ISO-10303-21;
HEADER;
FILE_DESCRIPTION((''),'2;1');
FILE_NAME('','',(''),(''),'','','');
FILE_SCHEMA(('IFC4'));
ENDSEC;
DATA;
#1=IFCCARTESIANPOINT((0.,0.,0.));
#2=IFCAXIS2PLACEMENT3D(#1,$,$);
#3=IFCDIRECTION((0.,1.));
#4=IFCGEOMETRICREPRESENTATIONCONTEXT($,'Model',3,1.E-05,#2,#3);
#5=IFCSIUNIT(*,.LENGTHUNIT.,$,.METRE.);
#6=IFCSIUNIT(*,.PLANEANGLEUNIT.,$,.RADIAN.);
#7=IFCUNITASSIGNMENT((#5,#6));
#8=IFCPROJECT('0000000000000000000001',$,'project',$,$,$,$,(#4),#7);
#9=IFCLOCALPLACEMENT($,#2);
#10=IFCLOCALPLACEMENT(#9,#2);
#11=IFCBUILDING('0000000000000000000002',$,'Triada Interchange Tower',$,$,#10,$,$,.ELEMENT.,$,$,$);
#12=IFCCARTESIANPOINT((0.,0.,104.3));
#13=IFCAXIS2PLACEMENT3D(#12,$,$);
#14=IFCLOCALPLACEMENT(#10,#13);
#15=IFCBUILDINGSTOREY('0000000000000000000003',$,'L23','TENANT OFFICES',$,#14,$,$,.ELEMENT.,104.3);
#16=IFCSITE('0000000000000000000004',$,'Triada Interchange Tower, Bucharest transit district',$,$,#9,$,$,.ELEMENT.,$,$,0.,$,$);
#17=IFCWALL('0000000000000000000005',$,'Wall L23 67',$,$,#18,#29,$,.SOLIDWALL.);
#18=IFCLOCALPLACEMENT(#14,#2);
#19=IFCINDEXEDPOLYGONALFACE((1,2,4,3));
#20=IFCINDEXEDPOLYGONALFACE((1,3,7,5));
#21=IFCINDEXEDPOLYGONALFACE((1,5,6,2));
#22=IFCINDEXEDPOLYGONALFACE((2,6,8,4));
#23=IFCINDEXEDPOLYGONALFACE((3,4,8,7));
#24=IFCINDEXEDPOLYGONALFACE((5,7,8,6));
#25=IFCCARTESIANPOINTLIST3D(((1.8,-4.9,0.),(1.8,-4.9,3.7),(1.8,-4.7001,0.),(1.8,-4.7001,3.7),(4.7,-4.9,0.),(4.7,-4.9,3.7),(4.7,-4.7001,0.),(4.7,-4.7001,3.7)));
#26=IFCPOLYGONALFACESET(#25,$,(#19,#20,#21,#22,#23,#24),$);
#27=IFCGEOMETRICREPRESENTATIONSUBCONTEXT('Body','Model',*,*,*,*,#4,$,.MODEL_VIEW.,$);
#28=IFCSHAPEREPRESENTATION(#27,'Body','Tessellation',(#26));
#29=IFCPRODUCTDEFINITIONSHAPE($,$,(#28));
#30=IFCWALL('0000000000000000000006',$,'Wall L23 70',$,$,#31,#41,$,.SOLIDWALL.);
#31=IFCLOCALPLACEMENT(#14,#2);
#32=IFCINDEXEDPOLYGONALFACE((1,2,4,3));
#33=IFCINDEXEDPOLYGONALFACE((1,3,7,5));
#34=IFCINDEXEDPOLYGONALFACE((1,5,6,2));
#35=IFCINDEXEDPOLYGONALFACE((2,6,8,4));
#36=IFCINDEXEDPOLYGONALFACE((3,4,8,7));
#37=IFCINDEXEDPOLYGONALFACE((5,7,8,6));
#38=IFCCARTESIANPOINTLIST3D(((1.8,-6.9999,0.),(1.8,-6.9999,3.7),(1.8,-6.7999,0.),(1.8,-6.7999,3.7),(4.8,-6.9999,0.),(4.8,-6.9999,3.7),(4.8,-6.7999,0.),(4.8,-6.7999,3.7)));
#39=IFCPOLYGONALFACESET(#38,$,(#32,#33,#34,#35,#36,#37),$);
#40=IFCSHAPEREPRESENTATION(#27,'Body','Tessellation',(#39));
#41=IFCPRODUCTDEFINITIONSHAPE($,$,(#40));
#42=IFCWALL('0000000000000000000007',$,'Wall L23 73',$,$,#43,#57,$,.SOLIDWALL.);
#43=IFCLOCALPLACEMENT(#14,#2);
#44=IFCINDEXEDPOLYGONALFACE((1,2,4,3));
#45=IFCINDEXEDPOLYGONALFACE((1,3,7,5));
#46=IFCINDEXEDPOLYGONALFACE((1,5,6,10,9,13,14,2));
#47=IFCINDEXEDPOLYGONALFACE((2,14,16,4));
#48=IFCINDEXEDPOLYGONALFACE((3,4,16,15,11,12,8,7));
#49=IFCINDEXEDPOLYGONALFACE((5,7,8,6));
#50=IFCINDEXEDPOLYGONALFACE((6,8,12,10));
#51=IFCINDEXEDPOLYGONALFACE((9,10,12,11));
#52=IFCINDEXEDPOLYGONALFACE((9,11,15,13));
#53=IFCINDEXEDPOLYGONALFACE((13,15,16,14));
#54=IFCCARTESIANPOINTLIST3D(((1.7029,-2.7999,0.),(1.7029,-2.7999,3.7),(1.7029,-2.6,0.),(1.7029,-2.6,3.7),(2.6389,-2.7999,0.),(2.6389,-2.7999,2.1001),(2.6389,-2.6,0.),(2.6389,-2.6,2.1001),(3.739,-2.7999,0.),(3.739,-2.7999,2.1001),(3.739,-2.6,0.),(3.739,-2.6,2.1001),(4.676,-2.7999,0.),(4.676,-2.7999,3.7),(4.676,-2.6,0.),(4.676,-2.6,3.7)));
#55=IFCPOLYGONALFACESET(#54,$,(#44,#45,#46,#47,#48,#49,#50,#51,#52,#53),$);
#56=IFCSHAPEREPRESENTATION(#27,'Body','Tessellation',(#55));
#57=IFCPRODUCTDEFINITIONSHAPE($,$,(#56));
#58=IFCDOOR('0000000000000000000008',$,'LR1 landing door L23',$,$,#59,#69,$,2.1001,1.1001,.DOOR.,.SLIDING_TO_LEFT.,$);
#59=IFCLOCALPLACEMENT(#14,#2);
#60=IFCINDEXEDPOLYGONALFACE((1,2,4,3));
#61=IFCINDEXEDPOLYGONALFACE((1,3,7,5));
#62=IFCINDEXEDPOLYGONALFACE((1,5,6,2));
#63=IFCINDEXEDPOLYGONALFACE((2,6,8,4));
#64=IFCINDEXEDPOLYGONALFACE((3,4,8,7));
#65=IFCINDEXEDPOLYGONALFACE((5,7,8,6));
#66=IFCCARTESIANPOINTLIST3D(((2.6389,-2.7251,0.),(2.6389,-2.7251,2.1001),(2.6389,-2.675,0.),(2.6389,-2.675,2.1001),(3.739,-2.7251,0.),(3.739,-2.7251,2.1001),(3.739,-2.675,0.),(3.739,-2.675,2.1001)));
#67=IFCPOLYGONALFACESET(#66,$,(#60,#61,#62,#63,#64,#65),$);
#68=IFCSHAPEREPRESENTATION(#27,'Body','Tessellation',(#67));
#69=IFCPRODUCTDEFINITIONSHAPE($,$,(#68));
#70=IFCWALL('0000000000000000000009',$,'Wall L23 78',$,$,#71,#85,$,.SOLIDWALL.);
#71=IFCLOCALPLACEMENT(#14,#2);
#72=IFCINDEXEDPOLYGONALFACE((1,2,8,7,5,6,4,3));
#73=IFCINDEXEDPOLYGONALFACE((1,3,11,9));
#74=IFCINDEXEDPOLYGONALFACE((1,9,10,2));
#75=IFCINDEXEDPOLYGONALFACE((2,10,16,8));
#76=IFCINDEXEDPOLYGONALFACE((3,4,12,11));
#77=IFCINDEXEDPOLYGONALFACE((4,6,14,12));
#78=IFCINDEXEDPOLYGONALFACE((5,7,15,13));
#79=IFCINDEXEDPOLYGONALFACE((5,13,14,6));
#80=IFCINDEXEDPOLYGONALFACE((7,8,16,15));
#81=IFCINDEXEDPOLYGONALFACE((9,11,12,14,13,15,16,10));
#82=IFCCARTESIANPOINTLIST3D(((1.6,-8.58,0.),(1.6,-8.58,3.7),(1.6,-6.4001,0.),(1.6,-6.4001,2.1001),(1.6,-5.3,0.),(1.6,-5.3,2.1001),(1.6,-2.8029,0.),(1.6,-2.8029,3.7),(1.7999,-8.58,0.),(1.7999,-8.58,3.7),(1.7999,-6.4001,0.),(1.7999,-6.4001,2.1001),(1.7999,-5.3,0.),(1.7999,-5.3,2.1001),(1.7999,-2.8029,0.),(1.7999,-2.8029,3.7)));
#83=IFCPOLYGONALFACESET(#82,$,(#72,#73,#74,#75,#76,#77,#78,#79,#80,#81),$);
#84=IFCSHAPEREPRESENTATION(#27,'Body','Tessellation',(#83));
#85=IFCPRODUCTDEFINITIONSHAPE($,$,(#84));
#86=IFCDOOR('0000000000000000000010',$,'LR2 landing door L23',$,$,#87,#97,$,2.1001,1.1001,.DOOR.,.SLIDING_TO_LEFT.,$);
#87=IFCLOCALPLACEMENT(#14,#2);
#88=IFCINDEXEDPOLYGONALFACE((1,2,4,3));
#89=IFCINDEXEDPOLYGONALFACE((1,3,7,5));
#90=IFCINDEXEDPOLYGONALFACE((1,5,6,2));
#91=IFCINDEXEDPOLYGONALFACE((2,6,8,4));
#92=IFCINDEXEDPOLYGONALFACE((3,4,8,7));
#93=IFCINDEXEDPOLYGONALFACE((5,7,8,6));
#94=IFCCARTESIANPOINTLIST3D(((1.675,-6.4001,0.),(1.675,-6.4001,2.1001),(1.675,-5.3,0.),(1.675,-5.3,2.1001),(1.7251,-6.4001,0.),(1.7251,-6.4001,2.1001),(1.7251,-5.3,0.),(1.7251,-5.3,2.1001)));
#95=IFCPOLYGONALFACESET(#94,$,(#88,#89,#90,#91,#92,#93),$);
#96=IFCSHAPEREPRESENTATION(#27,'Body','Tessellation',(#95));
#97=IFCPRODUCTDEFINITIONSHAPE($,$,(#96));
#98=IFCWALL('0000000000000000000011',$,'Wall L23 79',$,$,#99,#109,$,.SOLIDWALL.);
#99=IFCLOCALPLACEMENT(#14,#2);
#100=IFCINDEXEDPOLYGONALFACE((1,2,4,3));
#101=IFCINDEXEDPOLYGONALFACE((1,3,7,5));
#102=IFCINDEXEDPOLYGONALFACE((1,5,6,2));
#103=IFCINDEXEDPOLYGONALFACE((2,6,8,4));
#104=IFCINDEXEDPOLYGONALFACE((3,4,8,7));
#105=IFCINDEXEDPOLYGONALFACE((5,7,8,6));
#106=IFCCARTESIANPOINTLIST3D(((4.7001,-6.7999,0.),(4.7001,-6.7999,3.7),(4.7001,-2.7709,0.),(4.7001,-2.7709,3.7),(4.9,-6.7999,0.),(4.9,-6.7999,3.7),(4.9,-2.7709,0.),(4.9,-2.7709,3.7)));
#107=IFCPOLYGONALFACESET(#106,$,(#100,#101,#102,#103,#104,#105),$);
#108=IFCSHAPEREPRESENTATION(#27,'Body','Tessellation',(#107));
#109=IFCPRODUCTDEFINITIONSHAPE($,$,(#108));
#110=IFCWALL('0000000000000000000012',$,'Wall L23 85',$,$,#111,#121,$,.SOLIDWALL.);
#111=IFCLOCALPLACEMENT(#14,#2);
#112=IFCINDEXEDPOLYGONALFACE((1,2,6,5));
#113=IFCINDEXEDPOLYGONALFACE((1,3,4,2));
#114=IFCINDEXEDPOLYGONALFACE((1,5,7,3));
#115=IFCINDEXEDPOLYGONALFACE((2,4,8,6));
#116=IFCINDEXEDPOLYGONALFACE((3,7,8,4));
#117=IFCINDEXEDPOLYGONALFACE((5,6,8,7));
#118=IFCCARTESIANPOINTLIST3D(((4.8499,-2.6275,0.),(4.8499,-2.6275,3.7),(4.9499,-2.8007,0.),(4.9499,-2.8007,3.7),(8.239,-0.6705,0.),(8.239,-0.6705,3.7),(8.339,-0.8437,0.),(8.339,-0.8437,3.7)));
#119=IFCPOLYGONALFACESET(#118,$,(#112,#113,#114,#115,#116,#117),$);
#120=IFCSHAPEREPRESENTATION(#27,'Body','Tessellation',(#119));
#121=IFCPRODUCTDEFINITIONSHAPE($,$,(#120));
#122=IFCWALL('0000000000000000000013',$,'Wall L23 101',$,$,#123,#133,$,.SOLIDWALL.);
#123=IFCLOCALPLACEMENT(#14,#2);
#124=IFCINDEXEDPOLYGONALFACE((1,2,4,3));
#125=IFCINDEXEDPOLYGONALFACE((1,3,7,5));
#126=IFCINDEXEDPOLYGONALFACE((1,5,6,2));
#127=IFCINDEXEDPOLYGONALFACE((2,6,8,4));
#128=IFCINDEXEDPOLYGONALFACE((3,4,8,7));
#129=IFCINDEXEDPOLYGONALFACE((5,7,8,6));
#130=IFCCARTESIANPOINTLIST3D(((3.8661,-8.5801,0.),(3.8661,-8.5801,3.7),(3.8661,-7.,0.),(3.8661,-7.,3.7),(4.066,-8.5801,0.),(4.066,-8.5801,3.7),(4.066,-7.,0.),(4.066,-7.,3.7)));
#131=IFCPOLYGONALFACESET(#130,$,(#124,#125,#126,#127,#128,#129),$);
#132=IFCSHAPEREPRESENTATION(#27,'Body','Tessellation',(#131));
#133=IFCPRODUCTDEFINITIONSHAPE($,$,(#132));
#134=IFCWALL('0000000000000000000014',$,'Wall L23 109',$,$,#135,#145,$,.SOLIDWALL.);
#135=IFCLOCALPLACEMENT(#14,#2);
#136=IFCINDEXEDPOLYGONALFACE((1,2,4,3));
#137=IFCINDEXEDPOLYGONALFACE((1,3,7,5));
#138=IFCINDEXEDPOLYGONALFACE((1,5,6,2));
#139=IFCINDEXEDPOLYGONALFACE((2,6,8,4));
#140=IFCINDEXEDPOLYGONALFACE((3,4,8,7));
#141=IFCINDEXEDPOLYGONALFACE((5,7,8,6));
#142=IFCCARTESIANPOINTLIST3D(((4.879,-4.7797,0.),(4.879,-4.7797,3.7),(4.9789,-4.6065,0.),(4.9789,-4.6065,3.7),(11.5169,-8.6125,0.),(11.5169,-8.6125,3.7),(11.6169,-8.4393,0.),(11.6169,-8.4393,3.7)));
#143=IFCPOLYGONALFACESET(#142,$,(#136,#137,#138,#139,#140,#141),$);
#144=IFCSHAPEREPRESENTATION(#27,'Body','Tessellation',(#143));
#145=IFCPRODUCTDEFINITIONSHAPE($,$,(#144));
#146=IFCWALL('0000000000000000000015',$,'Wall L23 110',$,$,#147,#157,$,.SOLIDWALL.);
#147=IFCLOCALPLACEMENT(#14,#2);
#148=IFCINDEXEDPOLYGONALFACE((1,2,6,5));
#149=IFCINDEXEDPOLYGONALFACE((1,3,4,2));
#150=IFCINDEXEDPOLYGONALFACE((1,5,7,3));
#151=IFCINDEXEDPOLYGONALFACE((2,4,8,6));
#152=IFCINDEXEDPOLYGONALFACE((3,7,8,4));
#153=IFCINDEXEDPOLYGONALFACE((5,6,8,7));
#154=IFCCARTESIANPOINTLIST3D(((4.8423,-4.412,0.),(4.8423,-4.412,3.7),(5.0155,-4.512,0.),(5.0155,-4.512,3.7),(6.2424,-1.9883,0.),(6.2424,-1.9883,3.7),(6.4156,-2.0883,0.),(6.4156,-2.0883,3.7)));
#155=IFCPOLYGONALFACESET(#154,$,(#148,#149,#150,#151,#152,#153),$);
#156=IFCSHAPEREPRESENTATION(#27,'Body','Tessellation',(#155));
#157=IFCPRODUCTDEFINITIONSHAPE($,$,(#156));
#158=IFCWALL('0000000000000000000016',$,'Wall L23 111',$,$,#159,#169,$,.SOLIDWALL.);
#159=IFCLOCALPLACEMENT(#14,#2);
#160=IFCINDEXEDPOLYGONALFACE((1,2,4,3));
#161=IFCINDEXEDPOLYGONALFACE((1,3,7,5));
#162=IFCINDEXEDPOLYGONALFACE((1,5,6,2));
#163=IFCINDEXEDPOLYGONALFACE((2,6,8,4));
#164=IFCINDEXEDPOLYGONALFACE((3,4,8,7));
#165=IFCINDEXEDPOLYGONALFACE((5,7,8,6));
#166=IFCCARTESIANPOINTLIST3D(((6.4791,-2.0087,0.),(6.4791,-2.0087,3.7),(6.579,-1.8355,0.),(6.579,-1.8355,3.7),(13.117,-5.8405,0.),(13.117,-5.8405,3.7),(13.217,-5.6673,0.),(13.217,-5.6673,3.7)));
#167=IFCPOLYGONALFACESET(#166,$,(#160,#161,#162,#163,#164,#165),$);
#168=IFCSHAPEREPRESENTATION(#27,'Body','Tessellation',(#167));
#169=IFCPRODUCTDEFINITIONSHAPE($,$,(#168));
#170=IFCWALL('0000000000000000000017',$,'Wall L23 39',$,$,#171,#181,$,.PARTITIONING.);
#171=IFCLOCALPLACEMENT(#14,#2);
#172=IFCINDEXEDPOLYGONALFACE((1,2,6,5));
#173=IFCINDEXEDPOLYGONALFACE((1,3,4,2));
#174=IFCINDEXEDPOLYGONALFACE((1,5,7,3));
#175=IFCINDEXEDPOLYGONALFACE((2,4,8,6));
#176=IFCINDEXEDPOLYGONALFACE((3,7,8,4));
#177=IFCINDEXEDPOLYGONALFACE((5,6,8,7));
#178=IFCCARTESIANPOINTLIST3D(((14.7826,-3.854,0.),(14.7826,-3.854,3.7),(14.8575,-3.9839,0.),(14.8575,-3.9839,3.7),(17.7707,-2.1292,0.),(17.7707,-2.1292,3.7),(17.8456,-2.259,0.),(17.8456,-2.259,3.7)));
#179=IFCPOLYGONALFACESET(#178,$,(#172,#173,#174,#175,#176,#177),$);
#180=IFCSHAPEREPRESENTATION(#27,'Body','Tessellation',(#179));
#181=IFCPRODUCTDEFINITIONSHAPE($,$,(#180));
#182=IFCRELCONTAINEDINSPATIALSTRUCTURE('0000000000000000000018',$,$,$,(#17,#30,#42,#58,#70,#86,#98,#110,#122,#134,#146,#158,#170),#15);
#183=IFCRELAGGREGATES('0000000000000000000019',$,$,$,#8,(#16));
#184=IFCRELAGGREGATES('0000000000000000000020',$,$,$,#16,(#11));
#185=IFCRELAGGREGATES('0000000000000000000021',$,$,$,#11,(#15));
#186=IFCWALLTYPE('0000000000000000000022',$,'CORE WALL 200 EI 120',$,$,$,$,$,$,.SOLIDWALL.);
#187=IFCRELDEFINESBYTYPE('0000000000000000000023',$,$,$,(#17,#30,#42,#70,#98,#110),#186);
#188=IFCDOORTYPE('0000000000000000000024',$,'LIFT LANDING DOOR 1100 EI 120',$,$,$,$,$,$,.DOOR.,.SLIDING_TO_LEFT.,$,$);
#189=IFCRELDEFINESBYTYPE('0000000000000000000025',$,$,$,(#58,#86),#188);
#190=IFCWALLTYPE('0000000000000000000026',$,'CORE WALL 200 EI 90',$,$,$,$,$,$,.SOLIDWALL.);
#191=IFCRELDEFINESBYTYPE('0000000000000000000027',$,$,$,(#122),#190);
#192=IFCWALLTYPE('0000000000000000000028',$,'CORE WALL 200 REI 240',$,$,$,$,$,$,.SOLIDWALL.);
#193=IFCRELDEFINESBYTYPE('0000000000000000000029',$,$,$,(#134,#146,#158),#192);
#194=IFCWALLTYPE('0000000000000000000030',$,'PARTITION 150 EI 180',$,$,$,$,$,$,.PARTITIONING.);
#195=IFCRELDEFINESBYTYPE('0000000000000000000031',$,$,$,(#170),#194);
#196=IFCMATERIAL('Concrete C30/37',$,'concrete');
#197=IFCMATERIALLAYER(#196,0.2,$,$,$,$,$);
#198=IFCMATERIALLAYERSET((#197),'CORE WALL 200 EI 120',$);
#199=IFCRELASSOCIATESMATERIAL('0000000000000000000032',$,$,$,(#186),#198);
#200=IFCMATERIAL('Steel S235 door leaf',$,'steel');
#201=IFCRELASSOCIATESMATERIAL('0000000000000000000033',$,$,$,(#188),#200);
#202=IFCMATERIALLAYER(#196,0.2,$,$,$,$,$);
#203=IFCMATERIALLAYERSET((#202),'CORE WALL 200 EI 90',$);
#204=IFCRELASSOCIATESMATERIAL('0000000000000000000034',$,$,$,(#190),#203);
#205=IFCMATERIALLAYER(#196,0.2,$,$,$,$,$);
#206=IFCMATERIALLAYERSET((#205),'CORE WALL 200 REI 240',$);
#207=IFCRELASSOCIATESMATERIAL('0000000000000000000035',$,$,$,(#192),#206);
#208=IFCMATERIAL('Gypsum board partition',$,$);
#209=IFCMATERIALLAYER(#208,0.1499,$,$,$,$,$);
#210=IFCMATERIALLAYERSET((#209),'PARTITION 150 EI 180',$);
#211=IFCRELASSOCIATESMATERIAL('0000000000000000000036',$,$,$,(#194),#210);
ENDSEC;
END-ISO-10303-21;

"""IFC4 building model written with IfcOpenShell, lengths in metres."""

from ifc_helpers import new_model, si_unit, direction, frame, frame_2d, origin, place, context, subcontext, project, spatial, rectangle, extrude, material, layer, layer_set, type_object, element, fill, save


model = new_model("IFC4")

# Units and contexts
model_context = context("Model", 3, precision=1e-05, world=origin(), true_north=direction((0.0, 1.0)))
body_context = subcontext(model_context, "Body", "Model", "MODEL_VIEW")
ifc_project = project(units=[si_unit("LENGTHUNIT", "METRE"), si_unit("PLANEANGLEUNIT", "RADIAN")], contexts=[model_context])

# Site, building, storey
site_placement = place(None, origin())
site = spatial("IfcSite", under=ifc_project, at=site_placement, Name="Triada Interchange Tower, Bucharest transit district", CompositionType="ELEMENT", RefElevation=0.0)
building_placement = place(site_placement, origin())
building = spatial("IfcBuilding", under=site, at=building_placement, Name="Triada Interchange Tower", CompositionType="ELEMENT")
storey_placement = place(building_placement, frame((0.0, 0.0, 104.3)))
storey = spatial("IfcBuildingStorey", under=building, at=storey_placement, Name="L23", Description="TENANT OFFICES", CompositionType="ELEMENT", Elevation=104.3)

# Walls
ifc_material_1 = material(Name="Concrete C30/37", Category="concrete")
ifc_layer_1 = layer(ifc_material_1, 0.2)
ifc_layer_set_1 = layer_set([ifc_layer_1], Name="CORE WALL 200 EI 120")
wall_type_1 = type_object("IfcWallType", Name="CORE WALL 200 EI 120", PredefinedType="SOLIDWALL", material=ifc_layer_set_1)
wall_1_placement = place(storey_placement, frame((1.8, -4.8, 0.0), z_axis=(0.0, 0.0, 1.0), x_axis=(1.0, 0.0, 0.0)))
element("IfcWall", 1, at=wall_1_placement, inside=storey, type_object=wall_type_1, Name="Wall L23 67", PredefinedType="SOLIDWALL", context=body_context, shape_type="SweptSolid", body=[
    extrude(rectangle(XDim=2.8999, YDim=0.2, at=frame_2d((1.45, 0.0))), origin(), (0.0, 0.0, 1.0), 3.7),
])
wall_2_placement = place(storey_placement, frame((1.8, -6.8999, 0.0), z_axis=(0.0, 0.0, 1.0), x_axis=(1.0, 0.0, 0.0)))
element("IfcWall", 2, at=wall_2_placement, inside=storey, type_object=wall_type_1, Name="Wall L23 70", PredefinedType="SOLIDWALL", context=body_context, shape_type="SweptSolid", body=[
    extrude(rectangle(XDim=3.0, YDim=0.2, at=frame_2d((1.5, 0.0))), origin(), (0.0, 0.0, 1.0), 3.7),
])

# Walls, openings, doors
wall_3_placement = place(storey_placement, frame((1.7029, -2.7, 0.0), z_axis=(0.0, 0.0, 1.0), x_axis=(1.0, 0.0, 0.0)))
wall_3 = element("IfcWall", 3, at=wall_3_placement, inside=storey, type_object=wall_type_1, Name="Wall L23 73", PredefinedType="SOLIDWALL", context=body_context, shape_type="SweptSolid", body=[
    extrude(rectangle(XDim=2.9731, YDim=0.2, at=frame_2d((1.4866, 0.0))), origin(), (0.0, 0.0, 1.0), 3.7),
])
opening_1_placement = place(wall_3_placement, frame((0.936, 0.0, 0.0)))
opening_1 = element("IfcOpeningElement", 4, at=opening_1_placement, cuts=wall_3, PredefinedType="OPENING", context=body_context, shape_type="SweptSolid", body=[
    extrude(rectangle(XDim=1.1001, YDim=2.1001, at=frame_2d((0.55, 1.05))), frame((0.0, 0.1099, 0.0), z_axis=(0.0, -1.0, 0.0), x_axis=(1.0, 0.0, 0.0)), (0.0, 0.0, 1.0), 0.22),
])
ifc_material_2 = material(Name="Steel S235 door leaf", Category="steel")
door_type_1 = type_object("IfcDoorType", Name="LIFT LANDING DOOR 1100 EI 120", OperationType="SLIDING_TO_LEFT", PredefinedType="DOOR", material=ifc_material_2)
door_1_placement = place(opening_1_placement, origin())
door_1 = element("IfcDoor", 5, at=door_1_placement, inside=storey, type_object=door_type_1, Name="LR1 landing door L23", OperationType="SLIDING_TO_LEFT", OverallHeight=2.1001, OverallWidth=1.1001, PredefinedType="DOOR", context=body_context, shape_type="SweptSolid", body=[
    extrude(rectangle(XDim=1.1001, YDim=2.1001, at=frame_2d((0.55, 1.05))), frame((0.0, 0.0249, 0.0), z_axis=(0.0, -1.0, 0.0), x_axis=(1.0, 0.0, 0.0)), (0.0, 0.0, 1.0), 0.05),
])
fill(opening_1, door_1)
wall_4_placement = place(storey_placement, frame((1.7, -8.5801, 0.0), z_axis=(0.0, 0.0, 1.0), x_axis=(0.0, 1.0, 0.0)))
wall_4 = element("IfcWall", 6, at=wall_4_placement, inside=storey, type_object=wall_type_1, Name="Wall L23 78", PredefinedType="SOLIDWALL", context=body_context, shape_type="SweptSolid", body=[
    extrude(rectangle(XDim=5.7771, YDim=0.2, at=frame_2d((2.8887, 0.0))), origin(), (0.0, 0.0, 1.0), 3.7),
])
opening_2_placement = place(wall_4_placement, frame((2.1799, 0.0, 0.0)))
opening_2 = element("IfcOpeningElement", 7, at=opening_2_placement, cuts=wall_4, PredefinedType="OPENING", context=body_context, shape_type="SweptSolid", body=[
    extrude(rectangle(XDim=1.1001, YDim=2.1001, at=frame_2d((0.55, 1.05))), frame((0.0, 0.1099, 0.0), z_axis=(0.0, -1.0, 0.0), x_axis=(1.0, 0.0, 0.0)), (0.0, 0.0, 1.0), 0.22),
])
door_2_placement = place(opening_2_placement, origin())
door_2 = element("IfcDoor", 8, at=door_2_placement, inside=storey, type_object=door_type_1, Name="LR2 landing door L23", OperationType="SLIDING_TO_LEFT", OverallHeight=2.1001, OverallWidth=1.1001, PredefinedType="DOOR", context=body_context, shape_type="SweptSolid", body=[
    extrude(rectangle(XDim=1.1001, YDim=2.1001, at=frame_2d((0.55, 1.05))), frame((0.0, 0.0249, 0.0), z_axis=(0.0, -1.0, 0.0), x_axis=(1.0, 0.0, 0.0)), (0.0, 0.0, 1.0), 0.05),
])
fill(opening_2, door_2)

# Walls
wall_5_placement = place(storey_placement, frame((4.8, -6.8, 0.0), z_axis=(0.0, 0.0, 1.0), x_axis=(0.0, 1.0, 0.0)))
element("IfcWall", 9, at=wall_5_placement, inside=storey, type_object=wall_type_1, Name="Wall L23 79", PredefinedType="SOLIDWALL", context=body_context, shape_type="SweptSolid", body=[
    extrude(rectangle(XDim=4.0291, YDim=0.2, at=frame_2d((2.0146, 0.0))), origin(), (0.0, 0.0, 1.0), 3.7),
])
wall_6_placement = place(storey_placement, frame((4.8999, -2.7141, 0.0), z_axis=(0.0, 0.0, 1.0), x_axis=(0.865992, 0.500057, 0.0)))
element("IfcWall", 10, at=wall_6_placement, inside=storey, type_object=wall_type_1, Name="Wall L23 85", PredefinedType="SOLIDWALL", context=body_context, shape_type="SweptSolid", body=[
    extrude(rectangle(XDim=3.9136, YDim=0.2, at=frame_2d((1.9568, 0.0))), origin(), (0.0, 0.0, 1.0), 3.7),
])
ifc_layer_2 = layer(ifc_material_1, 0.2)
ifc_layer_set_2 = layer_set([ifc_layer_2], Name="CORE WALL 200 EI 90")
wall_type_2 = type_object("IfcWallType", Name="CORE WALL 200 EI 90", PredefinedType="SOLIDWALL", material=ifc_layer_set_2)
wall_7_placement = place(storey_placement, frame((3.9661, -8.5801, 0.0), z_axis=(0.0, 0.0, 1.0), x_axis=(0.0, 1.0, 0.0)))
element("IfcWall", 11, at=wall_7_placement, inside=storey, type_object=wall_type_2, Name="Wall L23 101", PredefinedType="SOLIDWALL", context=body_context, shape_type="SweptSolid", body=[
    extrude(rectangle(XDim=1.5801, YDim=0.2, at=frame_2d((0.79, 0.0))), origin(), (0.0, 0.0, 1.0), 3.7),
])
ifc_layer_3 = layer(ifc_material_1, 0.2)
ifc_layer_set_3 = layer_set([ifc_layer_3], Name="CORE WALL 200 REI 240")
wall_type_3 = type_object("IfcWallType", Name="CORE WALL 200 REI 240", PredefinedType="SOLIDWALL", material=ifc_layer_set_3)
wall_8_placement = place(storey_placement, frame((4.929, -4.6931, 0.0), z_axis=(0.0, 0.0, 1.0), x_axis=(0.866006, -0.500034, 0.0)))
element("IfcWall", 12, at=wall_8_placement, inside=storey, type_object=wall_type_3, Name="Wall L23 109", PredefinedType="SOLIDWALL", context=body_context, shape_type="SweptSolid", body=[
    extrude(rectangle(XDim=7.665, YDim=0.2, at=frame_2d((3.8325, 0.0))), origin(), (0.0, 0.0, 1.0), 3.7),
])
wall_9_placement = place(storey_placement, frame((4.929, -4.4619, 0.0), z_axis=(0.0, 0.0, 1.0), x_axis=(0.500201, 0.86591, 0.0)))
element("IfcWall", 13, at=wall_9_placement, inside=storey, type_object=wall_type_3, Name="Wall L23 110", PredefinedType="SOLIDWALL", context=body_context, shape_type="SweptSolid", body=[
    extrude(rectangle(XDim=2.7991, YDim=0.2, at=frame_2d((1.3994, 0.0))), origin(), (0.0, 0.0, 1.0), 3.7),
])
wall_10_placement = place(storey_placement, frame((6.5291, -1.9221, 0.0), z_axis=(0.0, 0.0, 1.0), x_axis=(0.866061, -0.499938, 0.0)))
element("IfcWall", 14, at=wall_10_placement, inside=storey, type_object=wall_type_3, Name="Wall L23 111", PredefinedType="SOLIDWALL", context=body_context, shape_type="SweptSolid", body=[
    extrude(rectangle(XDim=7.6646, YDim=0.2, at=frame_2d((3.8323, 0.0))), origin(), (0.0, 0.0, 1.0), 3.7),
])

# Wall
ifc_material_3 = material(Name="Gypsum board partition")
ifc_layer_4 = layer(ifc_material_3, 0.1499)
ifc_layer_set_4 = layer_set([ifc_layer_4], Name="PARTITION 150 EI 180")
wall_type_4 = type_object("IfcWallType", Name="PARTITION 150 EI 180", PredefinedType="PARTITIONING", material=ifc_layer_set_4)
wall_11_placement = place(storey_placement, frame((14.8201, -3.9189, 0.0), z_axis=(0.0, 0.0, 1.0), x_axis=(0.866062, 0.499937, 0.0)))
element("IfcWall", 15, at=wall_11_placement, inside=storey, type_object=wall_type_4, Name="Wall L23 39", PredefinedType="PARTITIONING", context=body_context, shape_type="SweptSolid", body=[
    extrude(rectangle(XDim=3.4502, YDim=0.1499, at=frame_2d((1.7251, 0.0))), origin(), (0.0, 0.0, 1.0), 3.7),
])

save(model, "model.ifc")
